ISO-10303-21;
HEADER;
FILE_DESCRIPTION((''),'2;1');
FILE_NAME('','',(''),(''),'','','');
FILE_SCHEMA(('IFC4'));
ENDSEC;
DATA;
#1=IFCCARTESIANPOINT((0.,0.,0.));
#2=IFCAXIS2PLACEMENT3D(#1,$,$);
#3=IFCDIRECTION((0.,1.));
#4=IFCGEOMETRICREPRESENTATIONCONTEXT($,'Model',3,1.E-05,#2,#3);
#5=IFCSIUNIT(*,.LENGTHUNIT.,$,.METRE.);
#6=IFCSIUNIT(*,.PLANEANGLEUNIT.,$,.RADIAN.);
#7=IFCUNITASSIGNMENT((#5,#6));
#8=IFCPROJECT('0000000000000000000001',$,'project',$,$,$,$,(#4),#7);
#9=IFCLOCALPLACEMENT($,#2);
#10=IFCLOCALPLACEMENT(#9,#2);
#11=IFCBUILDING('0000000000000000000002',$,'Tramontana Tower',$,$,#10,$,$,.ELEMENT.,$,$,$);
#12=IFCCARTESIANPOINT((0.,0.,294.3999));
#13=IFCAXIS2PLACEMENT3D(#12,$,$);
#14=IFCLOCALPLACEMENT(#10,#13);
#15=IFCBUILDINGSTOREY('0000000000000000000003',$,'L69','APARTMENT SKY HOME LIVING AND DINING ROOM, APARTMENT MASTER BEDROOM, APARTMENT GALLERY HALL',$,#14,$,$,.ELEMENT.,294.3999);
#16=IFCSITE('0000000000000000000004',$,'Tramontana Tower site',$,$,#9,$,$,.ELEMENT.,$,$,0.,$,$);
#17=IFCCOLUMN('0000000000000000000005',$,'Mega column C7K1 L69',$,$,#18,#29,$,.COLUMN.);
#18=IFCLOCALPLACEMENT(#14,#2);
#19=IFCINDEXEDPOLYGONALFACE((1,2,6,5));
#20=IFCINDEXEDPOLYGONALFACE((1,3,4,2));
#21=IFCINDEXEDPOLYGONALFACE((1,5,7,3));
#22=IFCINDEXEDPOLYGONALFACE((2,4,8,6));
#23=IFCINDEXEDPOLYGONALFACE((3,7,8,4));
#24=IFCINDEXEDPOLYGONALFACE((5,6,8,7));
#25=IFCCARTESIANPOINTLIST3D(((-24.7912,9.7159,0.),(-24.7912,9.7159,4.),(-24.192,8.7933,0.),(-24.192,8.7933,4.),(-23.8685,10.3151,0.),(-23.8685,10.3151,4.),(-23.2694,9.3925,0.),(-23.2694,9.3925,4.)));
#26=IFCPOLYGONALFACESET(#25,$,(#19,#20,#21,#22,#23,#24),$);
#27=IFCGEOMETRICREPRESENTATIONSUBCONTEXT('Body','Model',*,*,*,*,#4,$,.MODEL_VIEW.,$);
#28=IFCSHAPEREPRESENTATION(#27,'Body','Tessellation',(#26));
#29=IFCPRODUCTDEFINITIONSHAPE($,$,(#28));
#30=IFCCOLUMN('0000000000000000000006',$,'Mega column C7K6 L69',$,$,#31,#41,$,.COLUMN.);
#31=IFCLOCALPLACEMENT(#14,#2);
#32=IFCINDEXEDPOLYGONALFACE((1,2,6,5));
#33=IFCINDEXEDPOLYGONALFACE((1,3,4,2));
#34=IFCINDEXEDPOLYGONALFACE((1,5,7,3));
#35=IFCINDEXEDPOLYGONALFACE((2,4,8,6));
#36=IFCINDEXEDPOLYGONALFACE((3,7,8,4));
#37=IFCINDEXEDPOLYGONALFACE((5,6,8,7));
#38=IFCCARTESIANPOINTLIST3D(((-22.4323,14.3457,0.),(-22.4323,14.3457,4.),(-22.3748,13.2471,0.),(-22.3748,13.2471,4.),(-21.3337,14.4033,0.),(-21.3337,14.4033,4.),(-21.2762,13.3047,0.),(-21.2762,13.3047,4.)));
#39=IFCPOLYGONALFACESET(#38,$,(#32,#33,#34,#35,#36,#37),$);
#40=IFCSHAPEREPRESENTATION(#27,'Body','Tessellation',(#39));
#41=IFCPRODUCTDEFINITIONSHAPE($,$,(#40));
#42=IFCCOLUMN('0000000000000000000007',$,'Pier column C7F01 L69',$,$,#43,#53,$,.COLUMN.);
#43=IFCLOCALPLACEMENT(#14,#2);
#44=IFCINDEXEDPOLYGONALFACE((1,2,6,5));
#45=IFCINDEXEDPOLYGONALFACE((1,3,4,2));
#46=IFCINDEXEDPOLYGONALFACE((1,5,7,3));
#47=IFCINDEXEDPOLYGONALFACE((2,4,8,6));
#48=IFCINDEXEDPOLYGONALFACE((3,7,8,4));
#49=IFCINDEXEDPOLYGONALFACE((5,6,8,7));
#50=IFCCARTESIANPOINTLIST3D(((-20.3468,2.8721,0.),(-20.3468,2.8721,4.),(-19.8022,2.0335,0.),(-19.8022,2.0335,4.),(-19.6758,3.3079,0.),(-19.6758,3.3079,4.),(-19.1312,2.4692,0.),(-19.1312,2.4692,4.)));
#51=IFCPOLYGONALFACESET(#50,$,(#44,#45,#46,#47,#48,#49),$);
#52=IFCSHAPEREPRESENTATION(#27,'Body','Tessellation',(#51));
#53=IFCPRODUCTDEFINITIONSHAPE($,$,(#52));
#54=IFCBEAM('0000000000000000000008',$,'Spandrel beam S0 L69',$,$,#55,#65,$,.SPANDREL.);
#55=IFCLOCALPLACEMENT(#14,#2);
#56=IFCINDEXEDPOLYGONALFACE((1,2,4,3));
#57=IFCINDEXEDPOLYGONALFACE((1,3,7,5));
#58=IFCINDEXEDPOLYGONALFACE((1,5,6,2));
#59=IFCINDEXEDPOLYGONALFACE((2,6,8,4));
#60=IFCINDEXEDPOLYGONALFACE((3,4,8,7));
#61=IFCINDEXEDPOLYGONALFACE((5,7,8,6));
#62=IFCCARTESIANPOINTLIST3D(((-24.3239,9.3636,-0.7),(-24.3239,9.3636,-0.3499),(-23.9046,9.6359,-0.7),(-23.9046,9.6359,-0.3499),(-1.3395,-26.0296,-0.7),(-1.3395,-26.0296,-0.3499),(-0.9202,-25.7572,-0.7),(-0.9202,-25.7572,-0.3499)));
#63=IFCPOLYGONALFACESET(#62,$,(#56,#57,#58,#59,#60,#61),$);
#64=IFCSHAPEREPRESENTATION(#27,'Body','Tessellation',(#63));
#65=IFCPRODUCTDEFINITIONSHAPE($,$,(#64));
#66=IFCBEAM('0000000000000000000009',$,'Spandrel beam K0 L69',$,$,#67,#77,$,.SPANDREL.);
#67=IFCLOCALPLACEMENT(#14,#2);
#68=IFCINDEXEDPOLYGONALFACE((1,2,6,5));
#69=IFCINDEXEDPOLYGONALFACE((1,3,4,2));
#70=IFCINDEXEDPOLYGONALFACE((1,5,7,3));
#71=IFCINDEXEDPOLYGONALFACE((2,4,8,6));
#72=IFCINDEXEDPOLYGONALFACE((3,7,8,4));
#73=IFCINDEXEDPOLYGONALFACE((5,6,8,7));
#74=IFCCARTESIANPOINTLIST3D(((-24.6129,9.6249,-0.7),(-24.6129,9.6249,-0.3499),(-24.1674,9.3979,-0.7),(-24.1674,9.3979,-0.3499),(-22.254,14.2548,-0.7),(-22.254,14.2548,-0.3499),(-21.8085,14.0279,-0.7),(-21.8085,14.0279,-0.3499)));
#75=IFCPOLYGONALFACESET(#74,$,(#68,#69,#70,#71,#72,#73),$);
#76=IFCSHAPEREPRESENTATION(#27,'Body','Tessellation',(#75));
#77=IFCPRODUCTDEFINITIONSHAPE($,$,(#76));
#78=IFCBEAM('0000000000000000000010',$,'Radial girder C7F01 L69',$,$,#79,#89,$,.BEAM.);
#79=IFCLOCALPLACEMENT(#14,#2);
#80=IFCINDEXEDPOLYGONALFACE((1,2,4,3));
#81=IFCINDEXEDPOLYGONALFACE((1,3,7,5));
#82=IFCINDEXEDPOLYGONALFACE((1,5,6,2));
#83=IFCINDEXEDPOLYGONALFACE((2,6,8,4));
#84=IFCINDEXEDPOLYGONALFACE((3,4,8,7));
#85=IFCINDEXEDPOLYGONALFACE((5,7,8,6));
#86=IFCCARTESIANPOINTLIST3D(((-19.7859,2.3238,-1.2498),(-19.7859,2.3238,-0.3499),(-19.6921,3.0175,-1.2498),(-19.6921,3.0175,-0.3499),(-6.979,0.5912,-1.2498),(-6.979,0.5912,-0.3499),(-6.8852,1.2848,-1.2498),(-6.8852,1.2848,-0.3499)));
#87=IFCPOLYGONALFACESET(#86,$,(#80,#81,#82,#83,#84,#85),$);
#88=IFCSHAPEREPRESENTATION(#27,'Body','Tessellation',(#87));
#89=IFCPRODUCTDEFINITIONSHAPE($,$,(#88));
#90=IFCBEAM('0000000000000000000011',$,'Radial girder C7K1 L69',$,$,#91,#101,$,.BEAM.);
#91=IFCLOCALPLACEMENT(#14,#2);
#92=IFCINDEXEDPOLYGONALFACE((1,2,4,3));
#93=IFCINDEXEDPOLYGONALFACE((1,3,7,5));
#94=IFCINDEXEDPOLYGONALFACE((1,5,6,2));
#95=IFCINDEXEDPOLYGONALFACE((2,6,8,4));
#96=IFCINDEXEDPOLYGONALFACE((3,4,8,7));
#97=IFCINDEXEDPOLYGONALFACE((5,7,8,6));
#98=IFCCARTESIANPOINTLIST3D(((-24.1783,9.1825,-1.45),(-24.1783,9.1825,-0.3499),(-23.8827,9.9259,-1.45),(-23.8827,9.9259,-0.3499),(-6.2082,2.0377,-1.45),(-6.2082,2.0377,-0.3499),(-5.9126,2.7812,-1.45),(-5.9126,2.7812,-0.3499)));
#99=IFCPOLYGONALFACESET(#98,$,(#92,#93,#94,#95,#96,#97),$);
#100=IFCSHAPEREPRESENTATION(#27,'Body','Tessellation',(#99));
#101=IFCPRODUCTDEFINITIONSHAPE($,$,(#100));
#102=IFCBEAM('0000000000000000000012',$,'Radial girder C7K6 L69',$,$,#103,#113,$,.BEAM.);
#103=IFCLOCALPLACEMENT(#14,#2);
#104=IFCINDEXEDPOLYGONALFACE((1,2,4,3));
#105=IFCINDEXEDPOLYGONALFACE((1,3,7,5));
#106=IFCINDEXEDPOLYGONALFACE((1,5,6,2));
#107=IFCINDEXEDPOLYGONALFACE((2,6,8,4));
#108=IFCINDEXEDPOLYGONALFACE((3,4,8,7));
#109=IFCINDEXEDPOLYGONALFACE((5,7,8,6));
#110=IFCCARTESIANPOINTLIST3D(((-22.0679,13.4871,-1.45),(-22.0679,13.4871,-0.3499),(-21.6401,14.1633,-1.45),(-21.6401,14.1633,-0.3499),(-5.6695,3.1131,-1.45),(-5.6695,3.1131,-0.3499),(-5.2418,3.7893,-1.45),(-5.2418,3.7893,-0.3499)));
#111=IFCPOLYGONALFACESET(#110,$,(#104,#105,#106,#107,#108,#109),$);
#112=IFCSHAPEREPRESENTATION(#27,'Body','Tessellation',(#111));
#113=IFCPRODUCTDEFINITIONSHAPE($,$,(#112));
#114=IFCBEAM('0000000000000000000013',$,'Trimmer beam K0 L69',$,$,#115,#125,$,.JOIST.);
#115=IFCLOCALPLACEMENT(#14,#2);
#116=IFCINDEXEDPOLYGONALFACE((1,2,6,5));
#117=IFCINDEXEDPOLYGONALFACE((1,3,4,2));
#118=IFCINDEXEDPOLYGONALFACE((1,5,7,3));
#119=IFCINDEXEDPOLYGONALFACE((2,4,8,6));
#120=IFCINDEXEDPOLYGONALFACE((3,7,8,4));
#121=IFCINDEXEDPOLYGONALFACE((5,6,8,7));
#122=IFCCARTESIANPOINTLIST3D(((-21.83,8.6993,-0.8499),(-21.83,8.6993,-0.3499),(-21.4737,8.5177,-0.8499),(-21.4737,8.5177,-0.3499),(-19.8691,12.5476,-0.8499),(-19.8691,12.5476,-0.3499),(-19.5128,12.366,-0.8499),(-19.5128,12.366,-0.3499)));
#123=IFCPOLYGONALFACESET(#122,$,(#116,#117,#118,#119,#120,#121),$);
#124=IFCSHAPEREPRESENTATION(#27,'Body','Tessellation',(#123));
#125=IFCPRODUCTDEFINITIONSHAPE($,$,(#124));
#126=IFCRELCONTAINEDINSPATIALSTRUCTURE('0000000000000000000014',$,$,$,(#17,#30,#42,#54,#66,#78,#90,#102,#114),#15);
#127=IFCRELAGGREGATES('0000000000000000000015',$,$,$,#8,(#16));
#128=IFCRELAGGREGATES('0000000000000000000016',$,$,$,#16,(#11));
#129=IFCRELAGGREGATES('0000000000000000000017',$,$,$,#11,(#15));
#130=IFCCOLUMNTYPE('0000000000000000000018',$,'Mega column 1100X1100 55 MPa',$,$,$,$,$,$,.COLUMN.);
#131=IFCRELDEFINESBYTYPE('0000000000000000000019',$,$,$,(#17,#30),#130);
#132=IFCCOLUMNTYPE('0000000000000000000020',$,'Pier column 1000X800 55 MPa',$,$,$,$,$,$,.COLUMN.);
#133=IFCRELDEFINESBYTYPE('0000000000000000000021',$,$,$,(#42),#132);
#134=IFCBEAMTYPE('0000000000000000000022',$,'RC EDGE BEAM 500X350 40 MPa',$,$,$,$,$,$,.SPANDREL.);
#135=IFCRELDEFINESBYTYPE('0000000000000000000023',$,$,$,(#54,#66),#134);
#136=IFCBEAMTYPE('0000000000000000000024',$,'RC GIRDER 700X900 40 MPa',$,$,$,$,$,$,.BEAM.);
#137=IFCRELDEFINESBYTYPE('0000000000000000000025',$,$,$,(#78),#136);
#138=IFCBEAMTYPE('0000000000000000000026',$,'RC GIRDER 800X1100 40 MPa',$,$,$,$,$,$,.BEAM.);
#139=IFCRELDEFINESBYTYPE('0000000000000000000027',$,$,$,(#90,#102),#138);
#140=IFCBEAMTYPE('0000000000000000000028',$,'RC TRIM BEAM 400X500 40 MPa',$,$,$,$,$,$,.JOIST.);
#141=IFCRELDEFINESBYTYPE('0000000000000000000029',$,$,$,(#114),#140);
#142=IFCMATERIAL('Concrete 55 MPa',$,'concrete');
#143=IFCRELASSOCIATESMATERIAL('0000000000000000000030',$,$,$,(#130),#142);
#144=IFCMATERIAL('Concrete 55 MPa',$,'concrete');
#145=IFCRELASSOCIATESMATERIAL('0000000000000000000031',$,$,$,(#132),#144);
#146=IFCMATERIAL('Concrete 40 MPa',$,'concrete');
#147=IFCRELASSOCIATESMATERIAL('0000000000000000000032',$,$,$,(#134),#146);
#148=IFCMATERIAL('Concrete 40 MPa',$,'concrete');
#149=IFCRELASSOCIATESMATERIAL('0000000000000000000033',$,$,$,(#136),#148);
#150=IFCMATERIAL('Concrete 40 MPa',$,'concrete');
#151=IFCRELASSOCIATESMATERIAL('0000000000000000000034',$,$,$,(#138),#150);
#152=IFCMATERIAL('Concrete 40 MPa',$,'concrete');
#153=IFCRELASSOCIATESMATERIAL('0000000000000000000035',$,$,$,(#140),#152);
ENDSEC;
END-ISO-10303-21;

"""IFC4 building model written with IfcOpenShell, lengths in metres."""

from ifc_helpers import new_model, si_unit, direction, frame, origin, origin_2d, place, context, subcontext, project, spatial, rectangle, extrude, material, material_profile, profile_set, type_object, element, save


model = new_model("IFC4")

# Units and contexts
model_context = context("Model", 3, precision=1e-05, world=origin(), true_north=direction((0.0, 1.0)))
body_context = subcontext(model_context, "Body", "Model", "MODEL_VIEW")
ifc_project = project(units=[si_unit("LENGTHUNIT", "METRE"), si_unit("PLANEANGLEUNIT", "RADIAN")], contexts=[model_context])

# Site, building, storey
site_placement = place(None, origin())
site = spatial("IfcSite", under=ifc_project, at=site_placement, Name="Tramontana Tower site", CompositionType="ELEMENT", RefElevation=0.0)
building_placement = place(site_placement, origin())
building = spatial("IfcBuilding", under=site, at=building_placement, Name="Tramontana Tower", CompositionType="ELEMENT")
storey_placement = place(building_placement, frame((0.0, 0.0, 294.3999)))
storey = spatial("IfcBuildingStorey", under=building, at=storey_placement, Name="L69", Description="APARTMENT SKY HOME LIVING AND DINING ROOM, APARTMENT MASTER BEDROOM, APARTMENT GALLERY HALL", CompositionType="ELEMENT", Elevation=294.3999)

# Columns
ifc_material_1 = material(Name="Concrete 55 MPa", Category="concrete")
ifc_material_profile_1 = material_profile(ifc_material_1, rectangle(XDim=1.1001, YDim=1.1001, at=origin_2d()), Name="Mega column 1100X1100 55 MPa")
ifc_profile_set_1 = profile_set([ifc_material_profile_1], Name="Concrete 55 MPa")
column_type_1 = type_object("IfcColumnType", Name="Mega column 1100X1100 55 MPa", PredefinedType="COLUMN", material=ifc_profile_set_1)
for number, where, z_axis, x_axis, name in (
    (1, (-24.0303, 9.5542, 0.0), (0.0, 0.0, 1.0), (0.544639, -0.838671, 0.0), "Mega column C7K1 L69"),
    (2, (-21.8542, 13.8252, 0.0), (0.0, 0.0, 1.0), (-0.99863, -0.052336, 0.0), "Mega column C7K6 L69"),
):
    element("IfcColumn", number, at=place(storey_placement, frame(where, z_axis=z_axis, x_axis=x_axis)), inside=storey, type_object=column_type_1, Name=name, PredefinedType="COLUMN", context=body_context, shape_type="SweptSolid", body=[
        extrude(rectangle(XDim=1.1001, YDim=1.1001, at=origin_2d()), origin(), (0.0, 0.0, 1.0), 4.0),
    ])
ifc_material_2 = material(Name="Concrete 55 MPa", Category="concrete")
ifc_material_profile_2 = material_profile(ifc_material_2, rectangle(XDim=1.0, YDim=0.8, at=origin_2d()), Name="Pier column 1000X800 55 MPa")
ifc_profile_set_2 = profile_set([ifc_material_profile_2], Name="Concrete 55 MPa")
column_type_2 = type_object("IfcColumnType", Name="Pier column 1000X800 55 MPa", PredefinedType="COLUMN", material=ifc_profile_set_2)
column_placement = place(storey_placement, frame((-19.739, 2.6707, 0.0), z_axis=(0.0, 0.0, 1.0), x_axis=(0.544639, -0.838671, 0.0)))
element("IfcColumn", 3, at=column_placement, inside=storey, type_object=column_type_2, Name="Pier column C7F01 L69", PredefinedType="COLUMN", context=body_context, shape_type="SweptSolid", body=[
    extrude(rectangle(XDim=1.0, YDim=0.8, at=origin_2d()), origin(), (0.0, 0.0, 1.0), 4.0),
])

# Beams
ifc_material_3 = material(Name="Concrete 40 MPa", Category="concrete")
ifc_material_profile_3 = material_profile(ifc_material_3, rectangle(XDim=0.5, YDim=0.3501, at=origin_2d()), Name="RC EDGE BEAM 500X350 40 MPa")
ifc_profile_set_3 = profile_set([ifc_material_profile_3], Name="Concrete 40 MPa")
beam_type_1 = type_object("IfcBeamType", Name="RC EDGE BEAM 500X350 40 MPa", PredefinedType="SPANDREL", material=ifc_profile_set_3)
beam_1_placement = place(storey_placement, frame((-24.1143, 9.4998, -0.5249), z_axis=(0.544637, -0.838672, 0.0), x_axis=(0.838672, 0.544637, 0.0)))
element("IfcBeam", 4, at=beam_1_placement, inside=storey, type_object=beam_type_1, Name="Spandrel beam S0 L69", PredefinedType="SPANDREL", context=body_context, shape_type="SweptSolid", body=[
    extrude(rectangle(XDim=0.5, YDim=0.3501, at=origin_2d()), origin(), (0.0, 0.0, 1.0), 42.2014),
])
beam_2_placement = place(storey_placement, frame((-22.0312, 14.1414, -0.5249), z_axis=(-0.453967, -0.891019, 0.0), x_axis=(0.891019, -0.453967, 0.0)))
element("IfcBeam", 5, at=beam_2_placement, inside=storey, type_object=beam_type_1, Name="Spandrel beam K0 L69", PredefinedType="SPANDREL", context=body_context, shape_type="SweptSolid", body=[
    extrude(rectangle(XDim=0.5, YDim=0.3501, at=origin_2d()), origin(), (0.0, 0.0, 1.0), 5.1963),
])
ifc_material_4 = material(Name="Concrete 40 MPa", Category="concrete")
ifc_material_profile_4 = material_profile(ifc_material_4, rectangle(XDim=0.7, YDim=0.8999, at=origin_2d()), Name="RC GIRDER 700X900 40 MPa")
ifc_profile_set_4 = profile_set([ifc_material_profile_4], Name="Concrete 40 MPa")
beam_type_2 = type_object("IfcBeamType", Name="RC GIRDER 700X900 40 MPa", PredefinedType="BEAM", material=ifc_profile_set_4)
beam_3_placement = place(storey_placement, frame((-19.739, 2.6707, -0.7998), z_axis=(0.990972, -0.13407, 0.0), x_axis=(0.13407, 0.990972, 0.0)))
element("IfcBeam", 6, at=beam_3_placement, inside=storey, type_object=beam_type_2, Name="Radial girder C7F01 L69", PredefinedType="BEAM", context=body_context, shape_type="SweptSolid", body=[
    extrude(rectangle(XDim=0.7, YDim=0.8999, at=origin_2d()), origin(), (0.0, 0.0, 1.0), 12.9236),
])
ifc_material_5 = material(Name="Concrete 40 MPa", Category="concrete")
ifc_material_profile_5 = material_profile(ifc_material_5, rectangle(XDim=0.8, YDim=1.1001, at=origin_2d()), Name="RC GIRDER 800X1100 40 MPa")
ifc_profile_set_5 = profile_set([ifc_material_profile_5], Name="Concrete 40 MPa")
beam_type_3 = type_object("IfcBeamType", Name="RC GIRDER 800X1100 40 MPa", PredefinedType="BEAM", material=ifc_profile_set_5)
beam_4_placement = place(storey_placement, frame((-24.0305, 9.5542, -0.8999), z_axis=(0.929247, -0.369459, 0.0), x_axis=(0.369459, 0.929247, 0.0)))
element("IfcBeam", 7, at=beam_4_placement, inside=storey, type_object=beam_type_3, Name="Radial girder C7K1 L69", PredefinedType="BEAM", context=body_context, shape_type="SweptSolid", body=[
    extrude(rectangle(XDim=0.8, YDim=1.1001, at=origin_2d()), origin(), (0.0, 0.0, 1.0), 19.3384),
])
beam_5_placement = place(storey_placement, frame((-21.854, 13.8252, -0.8999), z_axis=(0.84509, -0.534623, 0.0), x_axis=(0.534623, 0.84509, 0.0)))
element("IfcBeam", 8, at=beam_5_placement, inside=storey, type_object=beam_type_3, Name="Radial girder C7K6 L69", PredefinedType="BEAM", context=body_context, shape_type="SweptSolid", body=[
    extrude(rectangle(XDim=0.8, YDim=1.1001, at=origin_2d()), origin(), (0.0, 0.0, 1.0), 19.4043),
])
ifc_material_6 = material(Name="Concrete 40 MPa", Category="concrete")
ifc_material_profile_6 = material_profile(ifc_material_6, rectangle(XDim=0.3999, YDim=0.5, at=origin_2d()), Name="RC TRIM BEAM 400X500 40 MPa")
ifc_profile_set_6 = profile_set([ifc_material_profile_6], Name="Concrete 40 MPa")
beam_type_4 = type_object("IfcBeamType", Name="RC TRIM BEAM 400X500 40 MPa", PredefinedType="JOIST", material=ifc_profile_set_6)
beam_6_placement = place(storey_placement, frame((-19.6909, 12.4568, -0.5999), z_axis=(-0.454006, -0.890999, 0.0), x_axis=(0.890999, -0.454006, 0.0)))
element("IfcBeam", 9, at=beam_6_placement, inside=storey, type_object=beam_type_4, Name="Trimmer beam K0 L69", PredefinedType="JOIST", context=body_context, shape_type="SweptSolid", body=[
    extrude(rectangle(XDim=0.3999, YDim=0.5, at=origin_2d()), origin(), (0.0, 0.0, 1.0), 4.3191),
])

save(model, "model.ifc")
